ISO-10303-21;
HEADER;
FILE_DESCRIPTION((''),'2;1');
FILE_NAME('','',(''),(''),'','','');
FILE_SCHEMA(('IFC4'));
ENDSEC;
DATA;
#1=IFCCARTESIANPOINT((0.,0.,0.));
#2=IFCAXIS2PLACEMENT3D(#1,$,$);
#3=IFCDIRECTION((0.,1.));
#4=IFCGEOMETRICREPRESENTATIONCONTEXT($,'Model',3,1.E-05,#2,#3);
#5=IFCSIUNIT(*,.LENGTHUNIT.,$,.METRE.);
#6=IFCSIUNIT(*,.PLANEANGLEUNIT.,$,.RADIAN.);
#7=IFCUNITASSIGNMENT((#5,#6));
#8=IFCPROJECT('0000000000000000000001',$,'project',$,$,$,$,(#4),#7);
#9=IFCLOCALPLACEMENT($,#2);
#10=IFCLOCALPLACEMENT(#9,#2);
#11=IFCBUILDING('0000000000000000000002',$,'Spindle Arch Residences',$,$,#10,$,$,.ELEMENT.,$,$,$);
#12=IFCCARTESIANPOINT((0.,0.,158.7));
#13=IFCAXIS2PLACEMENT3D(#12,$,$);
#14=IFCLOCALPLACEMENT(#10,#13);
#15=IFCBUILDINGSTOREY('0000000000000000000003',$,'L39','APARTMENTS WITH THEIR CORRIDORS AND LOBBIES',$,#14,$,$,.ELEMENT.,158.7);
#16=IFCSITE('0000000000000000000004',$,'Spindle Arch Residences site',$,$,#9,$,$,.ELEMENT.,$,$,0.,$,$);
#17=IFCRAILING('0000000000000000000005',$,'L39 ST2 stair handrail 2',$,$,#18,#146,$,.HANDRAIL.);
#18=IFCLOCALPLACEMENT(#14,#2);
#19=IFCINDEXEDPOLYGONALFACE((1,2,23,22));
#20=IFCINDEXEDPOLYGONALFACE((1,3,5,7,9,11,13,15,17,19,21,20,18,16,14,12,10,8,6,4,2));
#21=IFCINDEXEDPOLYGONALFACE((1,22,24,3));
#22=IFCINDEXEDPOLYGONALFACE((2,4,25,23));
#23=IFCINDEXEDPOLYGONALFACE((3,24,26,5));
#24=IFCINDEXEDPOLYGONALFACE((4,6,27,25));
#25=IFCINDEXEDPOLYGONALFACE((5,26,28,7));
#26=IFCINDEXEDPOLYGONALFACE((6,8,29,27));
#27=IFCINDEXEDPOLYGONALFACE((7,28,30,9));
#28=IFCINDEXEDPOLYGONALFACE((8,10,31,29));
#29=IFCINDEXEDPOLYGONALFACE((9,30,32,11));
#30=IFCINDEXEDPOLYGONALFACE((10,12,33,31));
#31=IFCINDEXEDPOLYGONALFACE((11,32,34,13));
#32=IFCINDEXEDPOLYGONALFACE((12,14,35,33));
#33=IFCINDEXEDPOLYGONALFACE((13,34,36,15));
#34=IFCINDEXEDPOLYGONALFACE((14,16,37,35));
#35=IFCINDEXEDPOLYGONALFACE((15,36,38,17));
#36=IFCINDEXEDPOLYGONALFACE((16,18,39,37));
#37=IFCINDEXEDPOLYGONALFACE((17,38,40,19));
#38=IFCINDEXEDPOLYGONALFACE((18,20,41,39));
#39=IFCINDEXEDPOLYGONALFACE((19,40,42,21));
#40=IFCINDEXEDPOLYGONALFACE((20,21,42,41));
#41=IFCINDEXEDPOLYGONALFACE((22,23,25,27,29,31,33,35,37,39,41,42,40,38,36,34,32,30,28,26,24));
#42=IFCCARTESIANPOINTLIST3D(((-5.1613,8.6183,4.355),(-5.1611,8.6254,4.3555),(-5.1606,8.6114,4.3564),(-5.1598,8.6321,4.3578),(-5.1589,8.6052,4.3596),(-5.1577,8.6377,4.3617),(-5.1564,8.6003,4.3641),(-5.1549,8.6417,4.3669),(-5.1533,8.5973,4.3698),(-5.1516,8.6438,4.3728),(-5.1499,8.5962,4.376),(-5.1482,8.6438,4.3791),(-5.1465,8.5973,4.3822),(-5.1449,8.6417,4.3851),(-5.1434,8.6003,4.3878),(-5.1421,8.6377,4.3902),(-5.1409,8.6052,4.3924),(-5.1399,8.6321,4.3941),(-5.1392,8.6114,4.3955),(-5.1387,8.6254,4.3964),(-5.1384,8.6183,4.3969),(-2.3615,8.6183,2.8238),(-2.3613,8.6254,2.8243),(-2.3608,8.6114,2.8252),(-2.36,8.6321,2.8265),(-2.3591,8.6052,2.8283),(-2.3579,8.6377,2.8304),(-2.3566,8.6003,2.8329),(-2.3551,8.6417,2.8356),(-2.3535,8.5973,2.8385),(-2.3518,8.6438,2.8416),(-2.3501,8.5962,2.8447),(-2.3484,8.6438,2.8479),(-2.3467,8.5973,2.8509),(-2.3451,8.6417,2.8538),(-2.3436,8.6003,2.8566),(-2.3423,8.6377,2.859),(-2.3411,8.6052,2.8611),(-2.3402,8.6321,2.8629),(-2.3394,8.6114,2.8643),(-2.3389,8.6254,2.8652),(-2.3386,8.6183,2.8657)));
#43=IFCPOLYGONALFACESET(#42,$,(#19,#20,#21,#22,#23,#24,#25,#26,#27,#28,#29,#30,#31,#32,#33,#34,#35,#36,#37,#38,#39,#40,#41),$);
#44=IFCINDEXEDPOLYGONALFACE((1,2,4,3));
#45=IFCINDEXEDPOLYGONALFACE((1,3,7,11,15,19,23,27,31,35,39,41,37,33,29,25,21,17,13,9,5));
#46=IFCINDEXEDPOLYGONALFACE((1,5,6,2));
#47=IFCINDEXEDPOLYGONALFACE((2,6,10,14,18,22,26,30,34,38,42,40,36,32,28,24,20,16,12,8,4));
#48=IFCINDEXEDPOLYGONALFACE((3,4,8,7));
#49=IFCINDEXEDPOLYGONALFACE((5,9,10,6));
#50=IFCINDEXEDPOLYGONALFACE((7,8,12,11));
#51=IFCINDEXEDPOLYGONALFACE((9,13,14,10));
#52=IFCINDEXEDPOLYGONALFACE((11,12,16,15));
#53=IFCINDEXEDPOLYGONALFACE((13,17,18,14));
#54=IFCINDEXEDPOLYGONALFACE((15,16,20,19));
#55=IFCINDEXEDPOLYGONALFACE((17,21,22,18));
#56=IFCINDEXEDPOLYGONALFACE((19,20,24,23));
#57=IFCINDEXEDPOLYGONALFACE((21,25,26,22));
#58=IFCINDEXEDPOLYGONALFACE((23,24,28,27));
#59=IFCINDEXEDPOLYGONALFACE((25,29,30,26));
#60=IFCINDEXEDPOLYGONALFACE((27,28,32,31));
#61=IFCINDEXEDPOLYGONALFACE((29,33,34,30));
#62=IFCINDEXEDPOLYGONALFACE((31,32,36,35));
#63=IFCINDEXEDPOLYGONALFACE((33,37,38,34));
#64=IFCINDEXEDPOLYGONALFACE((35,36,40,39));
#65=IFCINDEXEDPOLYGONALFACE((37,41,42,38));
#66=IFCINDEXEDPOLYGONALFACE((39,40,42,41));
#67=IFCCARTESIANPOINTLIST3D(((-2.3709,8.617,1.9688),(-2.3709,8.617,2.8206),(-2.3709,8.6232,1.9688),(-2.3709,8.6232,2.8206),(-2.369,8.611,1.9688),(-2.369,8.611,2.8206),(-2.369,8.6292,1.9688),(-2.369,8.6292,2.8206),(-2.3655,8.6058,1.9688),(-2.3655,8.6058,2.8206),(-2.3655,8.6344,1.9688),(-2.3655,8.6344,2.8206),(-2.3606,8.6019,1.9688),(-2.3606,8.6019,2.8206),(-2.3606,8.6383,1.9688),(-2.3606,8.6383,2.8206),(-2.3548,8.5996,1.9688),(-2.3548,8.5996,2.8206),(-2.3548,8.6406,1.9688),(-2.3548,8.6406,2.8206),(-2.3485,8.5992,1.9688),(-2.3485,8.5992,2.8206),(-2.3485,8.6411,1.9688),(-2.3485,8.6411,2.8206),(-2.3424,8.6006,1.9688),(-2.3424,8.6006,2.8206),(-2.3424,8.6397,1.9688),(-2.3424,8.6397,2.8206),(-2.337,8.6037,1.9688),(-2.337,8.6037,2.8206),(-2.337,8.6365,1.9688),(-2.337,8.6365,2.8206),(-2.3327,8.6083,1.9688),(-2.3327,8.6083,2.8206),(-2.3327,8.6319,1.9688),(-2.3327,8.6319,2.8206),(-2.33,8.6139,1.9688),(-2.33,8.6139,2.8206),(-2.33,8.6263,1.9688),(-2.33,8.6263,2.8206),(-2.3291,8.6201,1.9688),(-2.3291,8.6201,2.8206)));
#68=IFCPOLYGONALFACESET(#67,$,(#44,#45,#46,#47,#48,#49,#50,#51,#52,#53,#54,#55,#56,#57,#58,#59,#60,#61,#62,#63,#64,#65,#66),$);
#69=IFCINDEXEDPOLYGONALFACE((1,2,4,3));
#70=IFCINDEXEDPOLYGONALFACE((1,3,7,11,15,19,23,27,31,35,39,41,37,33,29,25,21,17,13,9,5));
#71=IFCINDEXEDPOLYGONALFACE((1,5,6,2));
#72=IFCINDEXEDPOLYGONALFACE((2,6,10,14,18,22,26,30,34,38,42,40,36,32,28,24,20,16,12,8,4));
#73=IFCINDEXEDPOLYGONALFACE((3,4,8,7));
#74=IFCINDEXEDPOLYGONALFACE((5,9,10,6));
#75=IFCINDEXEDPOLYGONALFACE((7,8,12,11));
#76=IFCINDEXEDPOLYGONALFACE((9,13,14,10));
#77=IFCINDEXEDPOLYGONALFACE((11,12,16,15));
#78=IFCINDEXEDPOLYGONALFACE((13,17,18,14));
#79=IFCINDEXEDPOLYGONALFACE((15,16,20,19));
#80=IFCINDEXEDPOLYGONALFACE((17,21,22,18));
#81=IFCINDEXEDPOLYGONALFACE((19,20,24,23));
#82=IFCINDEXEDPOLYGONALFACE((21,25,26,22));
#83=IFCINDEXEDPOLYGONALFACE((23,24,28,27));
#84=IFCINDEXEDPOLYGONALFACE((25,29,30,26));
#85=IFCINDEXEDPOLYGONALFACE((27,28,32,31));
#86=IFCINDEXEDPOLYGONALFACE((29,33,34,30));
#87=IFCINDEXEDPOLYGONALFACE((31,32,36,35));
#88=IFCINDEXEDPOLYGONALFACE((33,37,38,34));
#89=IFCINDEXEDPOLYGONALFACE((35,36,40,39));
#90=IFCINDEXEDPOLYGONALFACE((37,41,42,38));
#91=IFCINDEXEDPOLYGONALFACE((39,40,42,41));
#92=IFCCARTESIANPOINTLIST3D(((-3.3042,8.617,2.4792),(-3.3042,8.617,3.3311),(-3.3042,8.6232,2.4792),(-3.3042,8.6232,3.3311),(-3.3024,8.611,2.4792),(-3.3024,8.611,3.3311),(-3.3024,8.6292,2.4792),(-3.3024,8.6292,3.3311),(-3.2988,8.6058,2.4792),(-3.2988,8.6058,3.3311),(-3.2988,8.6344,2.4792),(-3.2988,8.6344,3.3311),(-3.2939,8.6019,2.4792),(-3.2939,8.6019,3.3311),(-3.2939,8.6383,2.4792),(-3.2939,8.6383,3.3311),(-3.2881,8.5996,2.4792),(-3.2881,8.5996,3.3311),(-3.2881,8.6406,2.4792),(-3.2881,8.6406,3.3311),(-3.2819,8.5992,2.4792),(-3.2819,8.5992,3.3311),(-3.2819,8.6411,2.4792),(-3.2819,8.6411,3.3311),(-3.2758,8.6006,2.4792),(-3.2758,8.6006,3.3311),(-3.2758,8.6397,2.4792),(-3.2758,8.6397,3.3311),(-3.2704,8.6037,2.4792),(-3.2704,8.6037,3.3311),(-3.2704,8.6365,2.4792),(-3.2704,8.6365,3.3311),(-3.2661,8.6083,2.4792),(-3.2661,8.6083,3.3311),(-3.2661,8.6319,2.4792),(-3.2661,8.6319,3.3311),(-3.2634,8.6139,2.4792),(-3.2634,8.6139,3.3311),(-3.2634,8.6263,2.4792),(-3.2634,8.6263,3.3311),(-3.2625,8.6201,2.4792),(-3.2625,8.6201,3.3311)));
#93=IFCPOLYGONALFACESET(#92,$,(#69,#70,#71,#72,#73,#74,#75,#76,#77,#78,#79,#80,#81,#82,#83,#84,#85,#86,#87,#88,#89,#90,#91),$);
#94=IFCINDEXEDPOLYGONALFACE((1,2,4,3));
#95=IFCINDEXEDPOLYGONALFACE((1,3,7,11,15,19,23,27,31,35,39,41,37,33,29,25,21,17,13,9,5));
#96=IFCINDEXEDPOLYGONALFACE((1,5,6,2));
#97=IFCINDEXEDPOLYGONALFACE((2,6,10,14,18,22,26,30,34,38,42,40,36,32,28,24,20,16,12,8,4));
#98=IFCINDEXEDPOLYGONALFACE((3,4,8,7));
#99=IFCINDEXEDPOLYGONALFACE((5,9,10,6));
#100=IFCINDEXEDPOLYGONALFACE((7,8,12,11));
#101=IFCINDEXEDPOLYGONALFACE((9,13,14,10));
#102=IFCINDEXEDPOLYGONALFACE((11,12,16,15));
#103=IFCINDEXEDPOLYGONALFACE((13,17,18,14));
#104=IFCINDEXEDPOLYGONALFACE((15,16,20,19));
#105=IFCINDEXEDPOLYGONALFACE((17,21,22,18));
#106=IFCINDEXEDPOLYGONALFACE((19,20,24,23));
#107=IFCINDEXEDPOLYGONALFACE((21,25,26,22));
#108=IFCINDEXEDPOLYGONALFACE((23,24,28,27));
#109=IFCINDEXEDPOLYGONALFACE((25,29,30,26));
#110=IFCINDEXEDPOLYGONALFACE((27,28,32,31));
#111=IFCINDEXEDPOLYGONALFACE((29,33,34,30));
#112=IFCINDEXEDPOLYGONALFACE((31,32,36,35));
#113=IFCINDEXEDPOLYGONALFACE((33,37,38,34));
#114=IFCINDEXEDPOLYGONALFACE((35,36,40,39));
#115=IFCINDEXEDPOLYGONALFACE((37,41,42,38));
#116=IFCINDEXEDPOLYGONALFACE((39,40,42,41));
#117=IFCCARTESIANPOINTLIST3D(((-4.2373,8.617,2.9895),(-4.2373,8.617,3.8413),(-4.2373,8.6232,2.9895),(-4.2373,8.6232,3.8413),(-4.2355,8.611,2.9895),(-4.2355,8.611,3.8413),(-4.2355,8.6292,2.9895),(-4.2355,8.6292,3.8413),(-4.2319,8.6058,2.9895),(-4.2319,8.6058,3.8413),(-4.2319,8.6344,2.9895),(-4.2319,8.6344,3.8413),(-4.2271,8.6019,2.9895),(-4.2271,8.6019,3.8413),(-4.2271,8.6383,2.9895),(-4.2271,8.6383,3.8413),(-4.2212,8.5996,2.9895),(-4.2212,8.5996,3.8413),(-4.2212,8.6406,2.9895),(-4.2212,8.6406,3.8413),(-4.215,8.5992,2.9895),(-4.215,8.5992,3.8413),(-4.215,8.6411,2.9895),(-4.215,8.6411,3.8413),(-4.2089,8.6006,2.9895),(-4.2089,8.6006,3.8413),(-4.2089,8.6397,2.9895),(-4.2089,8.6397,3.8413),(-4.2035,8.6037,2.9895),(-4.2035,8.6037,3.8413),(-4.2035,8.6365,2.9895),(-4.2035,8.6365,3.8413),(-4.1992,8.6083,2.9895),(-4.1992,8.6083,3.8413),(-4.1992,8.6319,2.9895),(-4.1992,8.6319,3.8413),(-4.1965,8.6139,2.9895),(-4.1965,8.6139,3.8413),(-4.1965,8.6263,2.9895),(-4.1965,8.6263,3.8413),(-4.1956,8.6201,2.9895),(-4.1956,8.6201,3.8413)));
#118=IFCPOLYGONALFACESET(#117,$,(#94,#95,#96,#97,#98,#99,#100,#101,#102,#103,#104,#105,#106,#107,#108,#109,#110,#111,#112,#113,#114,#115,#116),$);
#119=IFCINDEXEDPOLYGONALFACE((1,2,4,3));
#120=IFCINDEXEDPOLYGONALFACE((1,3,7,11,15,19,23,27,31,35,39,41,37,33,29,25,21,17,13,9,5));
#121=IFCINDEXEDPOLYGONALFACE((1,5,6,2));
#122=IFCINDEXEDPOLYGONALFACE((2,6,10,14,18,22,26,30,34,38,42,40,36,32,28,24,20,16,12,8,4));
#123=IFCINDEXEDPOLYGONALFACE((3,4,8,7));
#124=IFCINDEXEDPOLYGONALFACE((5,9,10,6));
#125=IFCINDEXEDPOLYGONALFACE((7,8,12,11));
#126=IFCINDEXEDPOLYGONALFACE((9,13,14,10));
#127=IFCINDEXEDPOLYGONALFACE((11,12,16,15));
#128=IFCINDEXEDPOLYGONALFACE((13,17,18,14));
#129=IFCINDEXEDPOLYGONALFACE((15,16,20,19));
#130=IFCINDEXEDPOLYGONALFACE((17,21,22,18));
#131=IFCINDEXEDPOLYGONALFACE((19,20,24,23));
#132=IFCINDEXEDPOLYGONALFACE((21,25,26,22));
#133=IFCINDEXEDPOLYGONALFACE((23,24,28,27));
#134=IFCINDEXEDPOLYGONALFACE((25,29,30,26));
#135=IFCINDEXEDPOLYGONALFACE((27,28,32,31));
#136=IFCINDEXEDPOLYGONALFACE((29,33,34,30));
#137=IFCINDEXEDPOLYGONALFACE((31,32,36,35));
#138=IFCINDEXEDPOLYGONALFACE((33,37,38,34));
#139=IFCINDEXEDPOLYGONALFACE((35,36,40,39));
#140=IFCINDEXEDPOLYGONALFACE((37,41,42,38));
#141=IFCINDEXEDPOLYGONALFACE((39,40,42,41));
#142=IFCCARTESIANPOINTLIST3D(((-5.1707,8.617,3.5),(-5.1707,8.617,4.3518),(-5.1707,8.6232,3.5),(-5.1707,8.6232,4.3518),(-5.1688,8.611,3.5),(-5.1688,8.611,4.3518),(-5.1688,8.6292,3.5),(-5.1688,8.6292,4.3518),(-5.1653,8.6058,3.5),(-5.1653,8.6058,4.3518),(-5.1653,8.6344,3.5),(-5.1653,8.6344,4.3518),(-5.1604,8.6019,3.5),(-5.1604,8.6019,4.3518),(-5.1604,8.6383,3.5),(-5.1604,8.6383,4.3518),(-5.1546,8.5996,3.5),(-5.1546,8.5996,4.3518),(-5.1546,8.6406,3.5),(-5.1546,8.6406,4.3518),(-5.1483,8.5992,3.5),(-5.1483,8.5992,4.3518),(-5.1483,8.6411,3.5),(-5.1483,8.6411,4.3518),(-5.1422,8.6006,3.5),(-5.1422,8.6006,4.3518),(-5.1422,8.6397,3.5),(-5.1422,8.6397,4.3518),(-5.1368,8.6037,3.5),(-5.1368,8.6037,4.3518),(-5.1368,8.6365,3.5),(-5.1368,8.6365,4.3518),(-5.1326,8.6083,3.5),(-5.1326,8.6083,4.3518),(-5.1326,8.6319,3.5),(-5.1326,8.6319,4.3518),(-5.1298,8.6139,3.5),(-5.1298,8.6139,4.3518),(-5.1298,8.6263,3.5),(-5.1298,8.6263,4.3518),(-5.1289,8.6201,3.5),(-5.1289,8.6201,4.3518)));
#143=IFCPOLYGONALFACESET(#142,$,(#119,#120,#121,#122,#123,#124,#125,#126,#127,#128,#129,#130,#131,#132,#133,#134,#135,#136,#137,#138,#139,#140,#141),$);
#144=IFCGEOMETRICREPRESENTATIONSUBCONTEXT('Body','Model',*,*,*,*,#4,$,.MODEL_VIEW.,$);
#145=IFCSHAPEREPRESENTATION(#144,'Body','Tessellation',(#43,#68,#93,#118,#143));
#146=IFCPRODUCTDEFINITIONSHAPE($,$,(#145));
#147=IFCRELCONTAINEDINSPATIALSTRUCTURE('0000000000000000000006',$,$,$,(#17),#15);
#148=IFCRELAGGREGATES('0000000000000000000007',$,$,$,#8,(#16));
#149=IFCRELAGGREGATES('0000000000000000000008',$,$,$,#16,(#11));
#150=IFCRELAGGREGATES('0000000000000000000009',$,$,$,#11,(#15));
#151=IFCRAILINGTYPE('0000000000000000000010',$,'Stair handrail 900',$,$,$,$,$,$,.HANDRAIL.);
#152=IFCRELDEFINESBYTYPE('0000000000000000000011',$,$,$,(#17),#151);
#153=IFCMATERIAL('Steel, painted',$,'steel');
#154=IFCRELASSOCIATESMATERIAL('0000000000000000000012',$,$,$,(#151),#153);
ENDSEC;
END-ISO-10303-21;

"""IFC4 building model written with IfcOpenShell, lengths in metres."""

from ifc_helpers import new_model, si_unit, direction, frame, origin, origin_2d, place, context, subcontext, project, spatial, circle, extrude, material, type_object, element, save


model = new_model("IFC4")

# Units and contexts
model_context = context("Model", 3, precision=1e-05, world=origin(), true_north=direction((0.0, 1.0)))
body_context = subcontext(model_context, "Body", "Model", "MODEL_VIEW")
ifc_project = project(units=[si_unit("LENGTHUNIT", "METRE"), si_unit("PLANEANGLEUNIT", "RADIAN")], contexts=[model_context])

# Site, building, storey
site_placement = place(None, origin())
site = spatial("IfcSite", under=ifc_project, at=site_placement, Name="Spindle Arch Residences site", CompositionType="ELEMENT", RefElevation=0.0)
building_placement = place(site_placement, origin())
building = spatial("IfcBuilding", under=site, at=building_placement, Name="Spindle Arch Residences", CompositionType="ELEMENT")
storey_placement = place(building_placement, frame((0.0, 0.0, 158.7)))
storey = spatial("IfcBuildingStorey", under=building, at=storey_placement, Name="L39", Description="APARTMENTS WITH THEIR CORRIDORS AND LOBBIES", CompositionType="ELEMENT", Elevation=158.7)

# Railing
ifc_material_1 = material(Name="Steel, painted", Category="steel")
railing_type_1 = type_object("IfcRailingType", Name="Stair handrail 900", PredefinedType="HANDRAIL", material=ifc_material_1)
railing_1_placement = place(storey_placement, frame((-2.3501, 8.6201, 1.9688)))
element("IfcRailing", 1, at=railing_1_placement, inside=storey, type_object=railing_type_1, Name="L39 ST2 stair handrail 2", PredefinedType="HANDRAIL", context=body_context, shape_type="SweptSolid", body=[
    extrude(circle(Radius=0.0239, at=origin_2d()), frame((0.0, 0.0, 0.876), z_axis=(-0.877357, 0.0, 0.479838), x_axis=(0.0, -1.0, 0.0)), (0.0, 0.0, 1.0), 3.1912),
    extrude(circle(Radius=0.021, at=origin_2d()), origin(), (0.0, 0.0, 1.0), 0.8518),
    extrude(circle(Radius=0.021, at=origin_2d()), frame((-0.9333, 0.0, 0.5105)), (0.0, 0.0, 1.0), 0.8518),
    extrude(circle(Radius=0.021, at=origin_2d()), frame((-1.8665, 0.0, 1.0208)), (0.0, 0.0, 1.0), 0.8518),
    extrude(circle(Radius=0.021, at=origin_2d()), frame((-2.7998, 0.0, 1.5312)), (0.0, 0.0, 1.0), 0.8518),
])

save(model, "model.ifc")
